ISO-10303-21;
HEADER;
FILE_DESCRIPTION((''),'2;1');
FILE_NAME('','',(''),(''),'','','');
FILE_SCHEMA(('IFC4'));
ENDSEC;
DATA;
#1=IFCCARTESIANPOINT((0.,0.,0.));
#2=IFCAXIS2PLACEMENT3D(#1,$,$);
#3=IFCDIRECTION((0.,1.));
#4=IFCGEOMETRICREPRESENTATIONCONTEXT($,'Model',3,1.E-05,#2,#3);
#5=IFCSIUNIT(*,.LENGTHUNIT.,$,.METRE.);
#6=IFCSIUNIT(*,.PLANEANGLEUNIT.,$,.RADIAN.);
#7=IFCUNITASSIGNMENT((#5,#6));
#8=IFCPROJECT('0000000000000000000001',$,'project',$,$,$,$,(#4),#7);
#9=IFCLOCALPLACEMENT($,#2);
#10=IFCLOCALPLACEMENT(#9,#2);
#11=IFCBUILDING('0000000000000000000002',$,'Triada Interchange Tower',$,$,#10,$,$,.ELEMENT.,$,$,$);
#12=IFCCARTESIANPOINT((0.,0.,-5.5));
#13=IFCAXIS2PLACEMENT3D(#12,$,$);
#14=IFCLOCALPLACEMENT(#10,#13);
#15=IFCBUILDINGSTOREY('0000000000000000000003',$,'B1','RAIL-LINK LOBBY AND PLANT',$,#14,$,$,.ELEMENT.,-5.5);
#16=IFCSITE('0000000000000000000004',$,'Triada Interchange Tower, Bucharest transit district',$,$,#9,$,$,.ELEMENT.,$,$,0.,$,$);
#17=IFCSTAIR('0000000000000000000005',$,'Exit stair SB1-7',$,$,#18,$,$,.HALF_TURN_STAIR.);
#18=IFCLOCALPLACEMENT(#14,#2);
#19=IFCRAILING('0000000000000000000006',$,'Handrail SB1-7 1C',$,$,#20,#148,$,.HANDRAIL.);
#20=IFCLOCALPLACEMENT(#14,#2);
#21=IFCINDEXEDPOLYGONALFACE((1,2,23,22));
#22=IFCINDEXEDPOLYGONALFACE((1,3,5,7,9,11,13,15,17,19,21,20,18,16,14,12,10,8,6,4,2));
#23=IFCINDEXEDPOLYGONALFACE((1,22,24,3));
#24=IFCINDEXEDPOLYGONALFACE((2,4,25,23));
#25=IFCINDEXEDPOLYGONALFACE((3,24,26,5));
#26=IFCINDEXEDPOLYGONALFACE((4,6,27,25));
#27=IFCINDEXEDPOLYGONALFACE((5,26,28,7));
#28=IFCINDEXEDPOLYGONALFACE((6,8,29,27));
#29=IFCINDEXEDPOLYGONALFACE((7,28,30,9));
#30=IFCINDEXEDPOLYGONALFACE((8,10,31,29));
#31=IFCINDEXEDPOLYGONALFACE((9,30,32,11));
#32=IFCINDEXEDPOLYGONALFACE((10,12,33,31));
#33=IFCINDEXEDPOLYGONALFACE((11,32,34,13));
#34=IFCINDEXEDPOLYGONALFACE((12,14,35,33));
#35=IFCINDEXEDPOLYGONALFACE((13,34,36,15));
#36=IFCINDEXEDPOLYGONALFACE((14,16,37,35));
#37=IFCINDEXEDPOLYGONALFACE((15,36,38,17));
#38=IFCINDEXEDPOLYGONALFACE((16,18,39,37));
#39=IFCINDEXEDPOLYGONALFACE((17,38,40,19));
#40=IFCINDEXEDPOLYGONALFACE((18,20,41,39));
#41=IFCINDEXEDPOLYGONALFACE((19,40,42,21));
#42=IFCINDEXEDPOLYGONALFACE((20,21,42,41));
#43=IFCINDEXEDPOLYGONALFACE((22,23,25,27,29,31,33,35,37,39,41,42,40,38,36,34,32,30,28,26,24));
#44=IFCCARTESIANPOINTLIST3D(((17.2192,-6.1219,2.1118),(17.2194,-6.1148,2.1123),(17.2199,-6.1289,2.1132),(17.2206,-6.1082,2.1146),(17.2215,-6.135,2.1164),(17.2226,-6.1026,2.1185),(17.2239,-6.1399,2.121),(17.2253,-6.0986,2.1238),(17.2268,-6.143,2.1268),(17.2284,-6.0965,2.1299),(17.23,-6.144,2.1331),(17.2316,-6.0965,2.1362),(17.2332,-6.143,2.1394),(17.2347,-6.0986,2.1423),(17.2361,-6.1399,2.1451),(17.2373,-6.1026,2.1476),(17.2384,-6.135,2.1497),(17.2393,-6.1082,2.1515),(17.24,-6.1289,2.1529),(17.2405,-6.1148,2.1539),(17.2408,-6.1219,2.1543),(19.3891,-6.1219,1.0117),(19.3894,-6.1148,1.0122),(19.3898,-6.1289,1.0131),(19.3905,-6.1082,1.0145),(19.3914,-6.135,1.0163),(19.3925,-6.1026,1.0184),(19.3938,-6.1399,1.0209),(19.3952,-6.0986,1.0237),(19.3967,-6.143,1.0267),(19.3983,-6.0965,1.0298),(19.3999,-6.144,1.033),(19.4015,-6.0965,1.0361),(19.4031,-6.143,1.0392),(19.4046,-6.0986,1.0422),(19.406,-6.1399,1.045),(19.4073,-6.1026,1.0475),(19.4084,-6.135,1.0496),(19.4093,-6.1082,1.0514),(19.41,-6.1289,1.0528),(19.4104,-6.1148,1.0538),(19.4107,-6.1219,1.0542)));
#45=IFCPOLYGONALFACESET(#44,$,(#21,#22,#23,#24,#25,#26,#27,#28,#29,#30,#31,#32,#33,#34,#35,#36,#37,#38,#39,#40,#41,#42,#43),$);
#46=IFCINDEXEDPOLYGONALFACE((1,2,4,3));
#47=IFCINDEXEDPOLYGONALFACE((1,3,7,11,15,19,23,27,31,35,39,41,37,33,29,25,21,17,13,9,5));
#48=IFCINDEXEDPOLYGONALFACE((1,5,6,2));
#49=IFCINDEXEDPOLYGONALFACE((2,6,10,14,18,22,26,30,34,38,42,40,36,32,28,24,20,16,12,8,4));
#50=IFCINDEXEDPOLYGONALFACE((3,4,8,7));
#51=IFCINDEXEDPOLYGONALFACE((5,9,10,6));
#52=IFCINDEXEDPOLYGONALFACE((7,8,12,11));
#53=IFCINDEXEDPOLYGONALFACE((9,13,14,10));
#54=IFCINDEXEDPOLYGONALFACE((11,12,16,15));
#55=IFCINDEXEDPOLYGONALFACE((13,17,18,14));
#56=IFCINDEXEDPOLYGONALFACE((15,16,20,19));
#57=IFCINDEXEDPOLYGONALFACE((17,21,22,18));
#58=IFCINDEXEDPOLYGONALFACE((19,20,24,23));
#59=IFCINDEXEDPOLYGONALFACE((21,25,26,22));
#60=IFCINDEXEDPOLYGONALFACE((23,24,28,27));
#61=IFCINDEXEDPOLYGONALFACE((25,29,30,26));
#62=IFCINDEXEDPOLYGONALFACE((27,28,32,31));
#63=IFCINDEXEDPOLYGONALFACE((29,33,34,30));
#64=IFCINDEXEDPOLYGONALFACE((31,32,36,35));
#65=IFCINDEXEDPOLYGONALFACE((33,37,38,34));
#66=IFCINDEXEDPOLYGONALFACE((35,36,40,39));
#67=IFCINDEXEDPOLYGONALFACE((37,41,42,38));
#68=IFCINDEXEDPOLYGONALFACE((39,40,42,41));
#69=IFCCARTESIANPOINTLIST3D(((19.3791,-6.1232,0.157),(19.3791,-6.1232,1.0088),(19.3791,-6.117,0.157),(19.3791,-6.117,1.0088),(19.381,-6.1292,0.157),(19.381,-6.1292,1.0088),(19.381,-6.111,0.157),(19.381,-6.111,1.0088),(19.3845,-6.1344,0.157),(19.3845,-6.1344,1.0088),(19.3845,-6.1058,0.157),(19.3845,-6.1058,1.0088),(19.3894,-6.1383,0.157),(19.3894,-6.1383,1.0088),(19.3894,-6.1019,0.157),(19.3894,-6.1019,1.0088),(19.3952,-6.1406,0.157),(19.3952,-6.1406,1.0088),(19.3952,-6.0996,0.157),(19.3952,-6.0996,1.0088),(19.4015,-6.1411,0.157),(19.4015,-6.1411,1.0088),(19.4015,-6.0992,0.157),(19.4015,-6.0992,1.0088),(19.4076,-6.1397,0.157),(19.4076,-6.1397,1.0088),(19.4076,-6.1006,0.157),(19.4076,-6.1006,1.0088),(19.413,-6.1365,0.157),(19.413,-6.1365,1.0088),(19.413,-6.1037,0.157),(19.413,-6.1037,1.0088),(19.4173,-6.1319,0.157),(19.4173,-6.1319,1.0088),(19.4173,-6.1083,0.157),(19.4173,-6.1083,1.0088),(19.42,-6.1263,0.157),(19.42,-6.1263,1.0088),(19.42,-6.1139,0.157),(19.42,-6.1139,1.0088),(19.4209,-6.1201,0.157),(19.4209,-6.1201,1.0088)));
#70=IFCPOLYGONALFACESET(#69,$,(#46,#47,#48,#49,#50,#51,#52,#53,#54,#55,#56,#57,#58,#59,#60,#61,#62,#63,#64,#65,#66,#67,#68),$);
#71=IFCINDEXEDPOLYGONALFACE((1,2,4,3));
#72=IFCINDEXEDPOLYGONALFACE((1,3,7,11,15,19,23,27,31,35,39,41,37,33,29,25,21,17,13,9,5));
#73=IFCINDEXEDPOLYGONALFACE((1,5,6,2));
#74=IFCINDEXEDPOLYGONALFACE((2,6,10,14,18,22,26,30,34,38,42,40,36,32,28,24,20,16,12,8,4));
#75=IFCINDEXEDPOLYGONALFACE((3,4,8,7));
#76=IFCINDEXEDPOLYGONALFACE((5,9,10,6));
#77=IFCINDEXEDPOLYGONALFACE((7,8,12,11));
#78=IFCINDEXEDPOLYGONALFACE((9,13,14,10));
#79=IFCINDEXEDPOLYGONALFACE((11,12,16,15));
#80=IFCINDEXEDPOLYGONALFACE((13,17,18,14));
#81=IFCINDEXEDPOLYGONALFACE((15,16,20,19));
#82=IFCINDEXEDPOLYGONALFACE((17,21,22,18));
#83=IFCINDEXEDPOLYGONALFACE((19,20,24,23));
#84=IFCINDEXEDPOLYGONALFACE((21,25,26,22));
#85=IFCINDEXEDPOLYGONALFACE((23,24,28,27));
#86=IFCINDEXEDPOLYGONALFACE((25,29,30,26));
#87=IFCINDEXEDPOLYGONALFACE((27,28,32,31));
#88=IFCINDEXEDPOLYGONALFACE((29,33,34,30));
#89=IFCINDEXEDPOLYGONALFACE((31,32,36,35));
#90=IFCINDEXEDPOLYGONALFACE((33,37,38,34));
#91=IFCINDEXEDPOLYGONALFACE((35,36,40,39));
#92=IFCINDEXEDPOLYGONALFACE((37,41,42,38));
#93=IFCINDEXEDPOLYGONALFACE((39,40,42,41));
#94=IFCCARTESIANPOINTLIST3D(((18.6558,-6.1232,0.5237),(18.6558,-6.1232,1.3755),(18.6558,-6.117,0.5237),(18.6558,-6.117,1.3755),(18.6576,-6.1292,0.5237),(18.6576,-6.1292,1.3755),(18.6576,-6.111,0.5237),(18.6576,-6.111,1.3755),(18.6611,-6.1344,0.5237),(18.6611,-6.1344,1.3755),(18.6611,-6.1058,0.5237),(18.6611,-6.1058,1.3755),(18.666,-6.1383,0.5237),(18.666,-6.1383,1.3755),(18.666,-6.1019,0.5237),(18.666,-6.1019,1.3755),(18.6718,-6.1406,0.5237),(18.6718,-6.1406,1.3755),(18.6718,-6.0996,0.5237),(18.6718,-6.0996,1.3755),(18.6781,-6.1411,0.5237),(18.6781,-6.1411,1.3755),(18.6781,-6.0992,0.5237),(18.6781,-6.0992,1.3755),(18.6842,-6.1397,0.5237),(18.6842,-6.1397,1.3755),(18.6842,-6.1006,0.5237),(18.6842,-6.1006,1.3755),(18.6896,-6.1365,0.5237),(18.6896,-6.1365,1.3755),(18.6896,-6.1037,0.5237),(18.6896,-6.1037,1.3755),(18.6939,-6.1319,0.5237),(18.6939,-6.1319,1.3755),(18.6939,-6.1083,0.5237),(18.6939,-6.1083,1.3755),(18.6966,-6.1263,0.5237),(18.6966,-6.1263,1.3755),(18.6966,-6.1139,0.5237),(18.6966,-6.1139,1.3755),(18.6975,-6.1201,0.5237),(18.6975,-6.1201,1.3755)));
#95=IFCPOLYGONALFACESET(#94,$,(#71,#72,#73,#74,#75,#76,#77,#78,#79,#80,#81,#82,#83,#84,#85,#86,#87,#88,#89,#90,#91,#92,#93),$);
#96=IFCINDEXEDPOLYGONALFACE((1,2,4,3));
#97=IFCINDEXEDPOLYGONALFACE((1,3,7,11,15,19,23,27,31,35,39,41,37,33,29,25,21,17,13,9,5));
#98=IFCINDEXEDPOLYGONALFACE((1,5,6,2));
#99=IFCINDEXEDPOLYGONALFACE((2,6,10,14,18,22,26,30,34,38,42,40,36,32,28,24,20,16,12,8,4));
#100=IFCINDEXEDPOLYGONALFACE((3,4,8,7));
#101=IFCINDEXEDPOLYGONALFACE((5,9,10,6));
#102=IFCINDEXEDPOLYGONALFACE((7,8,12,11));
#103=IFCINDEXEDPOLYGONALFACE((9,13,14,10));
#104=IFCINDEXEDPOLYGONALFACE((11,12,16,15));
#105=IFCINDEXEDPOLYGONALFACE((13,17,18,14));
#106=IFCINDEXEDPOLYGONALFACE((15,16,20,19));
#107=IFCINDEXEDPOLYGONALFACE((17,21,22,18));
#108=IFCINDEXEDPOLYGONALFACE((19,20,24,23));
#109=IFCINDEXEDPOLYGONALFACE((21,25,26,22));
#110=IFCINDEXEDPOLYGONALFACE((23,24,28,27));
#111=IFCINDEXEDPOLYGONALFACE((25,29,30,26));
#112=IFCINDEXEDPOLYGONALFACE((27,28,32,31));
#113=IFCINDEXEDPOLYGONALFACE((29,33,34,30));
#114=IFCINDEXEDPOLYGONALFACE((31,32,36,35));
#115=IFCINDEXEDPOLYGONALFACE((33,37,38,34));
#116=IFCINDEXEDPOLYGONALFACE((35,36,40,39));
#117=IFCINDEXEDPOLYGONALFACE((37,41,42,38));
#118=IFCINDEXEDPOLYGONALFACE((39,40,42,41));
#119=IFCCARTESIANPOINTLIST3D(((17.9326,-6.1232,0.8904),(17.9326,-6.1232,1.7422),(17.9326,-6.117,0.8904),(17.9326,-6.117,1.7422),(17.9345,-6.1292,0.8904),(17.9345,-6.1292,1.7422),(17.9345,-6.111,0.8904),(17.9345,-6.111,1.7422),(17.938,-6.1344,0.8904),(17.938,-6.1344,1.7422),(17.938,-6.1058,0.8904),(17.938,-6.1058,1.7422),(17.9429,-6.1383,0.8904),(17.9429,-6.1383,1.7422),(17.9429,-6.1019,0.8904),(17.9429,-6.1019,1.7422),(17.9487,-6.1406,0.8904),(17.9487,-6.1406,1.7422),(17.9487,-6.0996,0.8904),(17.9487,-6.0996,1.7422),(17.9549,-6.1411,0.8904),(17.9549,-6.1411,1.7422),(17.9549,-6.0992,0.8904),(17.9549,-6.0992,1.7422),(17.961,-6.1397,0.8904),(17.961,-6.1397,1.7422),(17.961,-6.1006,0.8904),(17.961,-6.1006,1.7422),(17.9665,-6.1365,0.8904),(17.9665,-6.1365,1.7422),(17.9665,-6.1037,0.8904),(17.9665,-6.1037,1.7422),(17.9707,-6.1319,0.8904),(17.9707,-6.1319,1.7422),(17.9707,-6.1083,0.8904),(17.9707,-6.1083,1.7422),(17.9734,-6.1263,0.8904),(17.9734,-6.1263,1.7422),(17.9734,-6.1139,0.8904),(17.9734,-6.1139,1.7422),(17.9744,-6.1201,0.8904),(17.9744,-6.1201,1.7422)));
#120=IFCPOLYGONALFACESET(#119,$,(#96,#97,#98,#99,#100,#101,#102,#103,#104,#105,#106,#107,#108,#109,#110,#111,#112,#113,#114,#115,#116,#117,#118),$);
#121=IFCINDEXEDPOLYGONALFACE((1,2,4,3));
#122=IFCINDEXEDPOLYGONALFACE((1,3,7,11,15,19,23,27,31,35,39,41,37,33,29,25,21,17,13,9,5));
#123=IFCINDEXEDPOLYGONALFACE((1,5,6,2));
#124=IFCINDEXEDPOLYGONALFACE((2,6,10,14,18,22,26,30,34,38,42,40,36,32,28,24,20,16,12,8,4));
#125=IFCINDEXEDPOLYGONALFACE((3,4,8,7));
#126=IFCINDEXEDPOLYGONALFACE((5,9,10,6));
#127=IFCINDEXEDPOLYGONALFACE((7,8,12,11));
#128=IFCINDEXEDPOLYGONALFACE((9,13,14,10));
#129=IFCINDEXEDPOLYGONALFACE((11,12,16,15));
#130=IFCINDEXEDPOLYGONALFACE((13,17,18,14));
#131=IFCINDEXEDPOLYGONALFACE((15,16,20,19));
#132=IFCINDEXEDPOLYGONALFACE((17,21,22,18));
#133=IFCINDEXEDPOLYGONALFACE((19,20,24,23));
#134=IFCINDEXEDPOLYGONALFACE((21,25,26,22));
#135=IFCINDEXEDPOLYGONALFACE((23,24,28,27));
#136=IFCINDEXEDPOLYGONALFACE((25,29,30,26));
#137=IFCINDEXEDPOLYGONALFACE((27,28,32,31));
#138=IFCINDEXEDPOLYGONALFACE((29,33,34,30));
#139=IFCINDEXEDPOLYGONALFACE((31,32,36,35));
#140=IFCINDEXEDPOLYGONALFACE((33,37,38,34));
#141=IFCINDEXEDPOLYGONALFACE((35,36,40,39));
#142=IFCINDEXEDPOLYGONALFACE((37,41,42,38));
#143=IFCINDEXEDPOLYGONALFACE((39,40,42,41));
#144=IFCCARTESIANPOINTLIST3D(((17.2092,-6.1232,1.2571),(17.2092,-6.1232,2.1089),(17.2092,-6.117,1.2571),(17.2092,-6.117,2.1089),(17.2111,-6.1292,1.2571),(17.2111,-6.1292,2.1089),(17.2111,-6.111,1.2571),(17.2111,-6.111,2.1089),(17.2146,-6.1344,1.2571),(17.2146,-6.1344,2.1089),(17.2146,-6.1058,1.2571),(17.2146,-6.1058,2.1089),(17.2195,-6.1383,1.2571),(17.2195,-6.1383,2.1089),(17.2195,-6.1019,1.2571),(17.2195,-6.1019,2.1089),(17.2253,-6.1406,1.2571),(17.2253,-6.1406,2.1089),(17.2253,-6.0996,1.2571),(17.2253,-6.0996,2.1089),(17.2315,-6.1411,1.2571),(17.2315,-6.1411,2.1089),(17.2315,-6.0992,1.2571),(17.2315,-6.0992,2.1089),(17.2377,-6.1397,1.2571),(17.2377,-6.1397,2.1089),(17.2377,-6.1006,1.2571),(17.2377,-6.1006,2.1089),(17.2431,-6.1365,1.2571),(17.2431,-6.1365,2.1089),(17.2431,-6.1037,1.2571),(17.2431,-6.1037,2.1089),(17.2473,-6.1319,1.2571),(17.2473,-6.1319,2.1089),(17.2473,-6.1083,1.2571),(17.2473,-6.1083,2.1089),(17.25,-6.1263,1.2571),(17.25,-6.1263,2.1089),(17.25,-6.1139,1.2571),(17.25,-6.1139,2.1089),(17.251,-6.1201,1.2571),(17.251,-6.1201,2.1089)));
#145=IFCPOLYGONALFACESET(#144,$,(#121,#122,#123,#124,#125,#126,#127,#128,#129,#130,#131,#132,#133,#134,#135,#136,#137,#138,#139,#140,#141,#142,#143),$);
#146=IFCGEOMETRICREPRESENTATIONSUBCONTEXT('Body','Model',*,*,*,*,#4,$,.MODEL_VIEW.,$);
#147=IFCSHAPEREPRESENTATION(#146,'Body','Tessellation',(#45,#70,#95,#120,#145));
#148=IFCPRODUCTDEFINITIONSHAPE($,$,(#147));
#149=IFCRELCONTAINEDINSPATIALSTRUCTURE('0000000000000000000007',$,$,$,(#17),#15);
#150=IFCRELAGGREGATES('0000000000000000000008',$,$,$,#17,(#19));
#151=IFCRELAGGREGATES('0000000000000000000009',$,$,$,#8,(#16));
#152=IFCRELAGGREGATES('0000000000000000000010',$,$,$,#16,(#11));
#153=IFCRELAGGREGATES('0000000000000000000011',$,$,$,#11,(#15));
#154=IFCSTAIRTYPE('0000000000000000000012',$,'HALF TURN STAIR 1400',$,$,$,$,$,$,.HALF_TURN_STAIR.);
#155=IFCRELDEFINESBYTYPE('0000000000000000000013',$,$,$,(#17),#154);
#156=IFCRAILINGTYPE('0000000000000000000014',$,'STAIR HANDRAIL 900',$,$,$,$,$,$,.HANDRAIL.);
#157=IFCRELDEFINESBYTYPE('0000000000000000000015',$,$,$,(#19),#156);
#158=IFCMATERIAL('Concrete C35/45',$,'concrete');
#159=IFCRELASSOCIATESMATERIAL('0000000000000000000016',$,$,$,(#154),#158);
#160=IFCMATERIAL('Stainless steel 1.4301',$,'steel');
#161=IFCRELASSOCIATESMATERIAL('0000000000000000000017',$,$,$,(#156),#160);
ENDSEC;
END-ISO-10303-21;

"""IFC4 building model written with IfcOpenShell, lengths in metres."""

from ifc_helpers import new_model, si_unit, direction, frame, origin, origin_2d, place, context, subcontext, project, spatial, circle, extrude, material, type_object, element, aggregate, save


model = new_model("IFC4")

# Units and contexts
model_context = context("Model", 3, precision=1e-05, world=origin(), true_north=direction((0.0, 1.0)))
body_context = subcontext(model_context, "Body", "Model", "MODEL_VIEW")
ifc_project = project(units=[si_unit("LENGTHUNIT", "METRE"), si_unit("PLANEANGLEUNIT", "RADIAN")], contexts=[model_context])

# Site, building, storey
site_placement = place(None, origin())
site = spatial("IfcSite", under=ifc_project, at=site_placement, Name="Triada Interchange Tower, Bucharest transit district", CompositionType="ELEMENT", RefElevation=0.0)
building_placement = place(site_placement, origin())
building = spatial("IfcBuilding", under=site, at=building_placement, Name="Triada Interchange Tower", CompositionType="ELEMENT")
storey_placement = place(building_placement, frame((0.0, 0.0, -5.5)))
storey = spatial("IfcBuildingStorey", under=building, at=storey_placement, Name="B1", Description="RAIL-LINK LOBBY AND PLANT", CompositionType="ELEMENT", Elevation=-5.5)

# Shared definitions
ifc_material_1 = material(Name="Concrete C35/45", Category="concrete")

# Stair, railing
stair_type = type_object("IfcStairType", Name="HALF TURN STAIR 1400", PredefinedType="HALF_TURN_STAIR", material=ifc_material_1)
stair_placement = place(storey_placement, origin())
stair = element("IfcStair", 1, at=stair_placement, inside=storey, type_object=stair_type, Name="Exit stair SB1-7", PredefinedType="HALF_TURN_STAIR")
ifc_material_2 = material(Name="Stainless steel 1.4301", Category="steel")
railing_type_1 = type_object("IfcRailingType", Name="STAIR HANDRAIL 900", PredefinedType="HANDRAIL", material=ifc_material_2)
railing_1_placement = place(storey_placement, frame((19.3999, -6.1201, 0.157)))
railing_1 = element("IfcRailing", 2, at=railing_1_placement, type_object=railing_type_1, Name="Handrail SB1-7 1C", PredefinedType="HANDRAIL", context=body_context, shape_type="SweptSolid", body=[
    extrude(circle(Radius=0.0239, at=origin_2d()), frame((0.0, 0.0, 0.876), z_axis=(-0.891925, 0.0, 0.452184), x_axis=(0.0, -1.0, 0.0)), (0.0, 0.0, 1.0), 2.4329),
    extrude(circle(Radius=0.021, at=origin_2d()), origin(), (0.0, 0.0, 1.0), 0.8518),
    extrude(circle(Radius=0.021, at=origin_2d()), frame((-0.7234, 0.0, 0.3667)), (0.0, 0.0, 1.0), 0.8518),
    extrude(circle(Radius=0.021, at=origin_2d()), frame((-1.4465, 0.0, 0.7334)), (0.0, 0.0, 1.0), 0.8518),
    extrude(circle(Radius=0.021, at=origin_2d()), frame((-2.1699, 0.0, 1.1001)), (0.0, 0.0, 1.0), 0.8518),
])
aggregate(stair, [railing_1])

save(model, "model.ifc")
